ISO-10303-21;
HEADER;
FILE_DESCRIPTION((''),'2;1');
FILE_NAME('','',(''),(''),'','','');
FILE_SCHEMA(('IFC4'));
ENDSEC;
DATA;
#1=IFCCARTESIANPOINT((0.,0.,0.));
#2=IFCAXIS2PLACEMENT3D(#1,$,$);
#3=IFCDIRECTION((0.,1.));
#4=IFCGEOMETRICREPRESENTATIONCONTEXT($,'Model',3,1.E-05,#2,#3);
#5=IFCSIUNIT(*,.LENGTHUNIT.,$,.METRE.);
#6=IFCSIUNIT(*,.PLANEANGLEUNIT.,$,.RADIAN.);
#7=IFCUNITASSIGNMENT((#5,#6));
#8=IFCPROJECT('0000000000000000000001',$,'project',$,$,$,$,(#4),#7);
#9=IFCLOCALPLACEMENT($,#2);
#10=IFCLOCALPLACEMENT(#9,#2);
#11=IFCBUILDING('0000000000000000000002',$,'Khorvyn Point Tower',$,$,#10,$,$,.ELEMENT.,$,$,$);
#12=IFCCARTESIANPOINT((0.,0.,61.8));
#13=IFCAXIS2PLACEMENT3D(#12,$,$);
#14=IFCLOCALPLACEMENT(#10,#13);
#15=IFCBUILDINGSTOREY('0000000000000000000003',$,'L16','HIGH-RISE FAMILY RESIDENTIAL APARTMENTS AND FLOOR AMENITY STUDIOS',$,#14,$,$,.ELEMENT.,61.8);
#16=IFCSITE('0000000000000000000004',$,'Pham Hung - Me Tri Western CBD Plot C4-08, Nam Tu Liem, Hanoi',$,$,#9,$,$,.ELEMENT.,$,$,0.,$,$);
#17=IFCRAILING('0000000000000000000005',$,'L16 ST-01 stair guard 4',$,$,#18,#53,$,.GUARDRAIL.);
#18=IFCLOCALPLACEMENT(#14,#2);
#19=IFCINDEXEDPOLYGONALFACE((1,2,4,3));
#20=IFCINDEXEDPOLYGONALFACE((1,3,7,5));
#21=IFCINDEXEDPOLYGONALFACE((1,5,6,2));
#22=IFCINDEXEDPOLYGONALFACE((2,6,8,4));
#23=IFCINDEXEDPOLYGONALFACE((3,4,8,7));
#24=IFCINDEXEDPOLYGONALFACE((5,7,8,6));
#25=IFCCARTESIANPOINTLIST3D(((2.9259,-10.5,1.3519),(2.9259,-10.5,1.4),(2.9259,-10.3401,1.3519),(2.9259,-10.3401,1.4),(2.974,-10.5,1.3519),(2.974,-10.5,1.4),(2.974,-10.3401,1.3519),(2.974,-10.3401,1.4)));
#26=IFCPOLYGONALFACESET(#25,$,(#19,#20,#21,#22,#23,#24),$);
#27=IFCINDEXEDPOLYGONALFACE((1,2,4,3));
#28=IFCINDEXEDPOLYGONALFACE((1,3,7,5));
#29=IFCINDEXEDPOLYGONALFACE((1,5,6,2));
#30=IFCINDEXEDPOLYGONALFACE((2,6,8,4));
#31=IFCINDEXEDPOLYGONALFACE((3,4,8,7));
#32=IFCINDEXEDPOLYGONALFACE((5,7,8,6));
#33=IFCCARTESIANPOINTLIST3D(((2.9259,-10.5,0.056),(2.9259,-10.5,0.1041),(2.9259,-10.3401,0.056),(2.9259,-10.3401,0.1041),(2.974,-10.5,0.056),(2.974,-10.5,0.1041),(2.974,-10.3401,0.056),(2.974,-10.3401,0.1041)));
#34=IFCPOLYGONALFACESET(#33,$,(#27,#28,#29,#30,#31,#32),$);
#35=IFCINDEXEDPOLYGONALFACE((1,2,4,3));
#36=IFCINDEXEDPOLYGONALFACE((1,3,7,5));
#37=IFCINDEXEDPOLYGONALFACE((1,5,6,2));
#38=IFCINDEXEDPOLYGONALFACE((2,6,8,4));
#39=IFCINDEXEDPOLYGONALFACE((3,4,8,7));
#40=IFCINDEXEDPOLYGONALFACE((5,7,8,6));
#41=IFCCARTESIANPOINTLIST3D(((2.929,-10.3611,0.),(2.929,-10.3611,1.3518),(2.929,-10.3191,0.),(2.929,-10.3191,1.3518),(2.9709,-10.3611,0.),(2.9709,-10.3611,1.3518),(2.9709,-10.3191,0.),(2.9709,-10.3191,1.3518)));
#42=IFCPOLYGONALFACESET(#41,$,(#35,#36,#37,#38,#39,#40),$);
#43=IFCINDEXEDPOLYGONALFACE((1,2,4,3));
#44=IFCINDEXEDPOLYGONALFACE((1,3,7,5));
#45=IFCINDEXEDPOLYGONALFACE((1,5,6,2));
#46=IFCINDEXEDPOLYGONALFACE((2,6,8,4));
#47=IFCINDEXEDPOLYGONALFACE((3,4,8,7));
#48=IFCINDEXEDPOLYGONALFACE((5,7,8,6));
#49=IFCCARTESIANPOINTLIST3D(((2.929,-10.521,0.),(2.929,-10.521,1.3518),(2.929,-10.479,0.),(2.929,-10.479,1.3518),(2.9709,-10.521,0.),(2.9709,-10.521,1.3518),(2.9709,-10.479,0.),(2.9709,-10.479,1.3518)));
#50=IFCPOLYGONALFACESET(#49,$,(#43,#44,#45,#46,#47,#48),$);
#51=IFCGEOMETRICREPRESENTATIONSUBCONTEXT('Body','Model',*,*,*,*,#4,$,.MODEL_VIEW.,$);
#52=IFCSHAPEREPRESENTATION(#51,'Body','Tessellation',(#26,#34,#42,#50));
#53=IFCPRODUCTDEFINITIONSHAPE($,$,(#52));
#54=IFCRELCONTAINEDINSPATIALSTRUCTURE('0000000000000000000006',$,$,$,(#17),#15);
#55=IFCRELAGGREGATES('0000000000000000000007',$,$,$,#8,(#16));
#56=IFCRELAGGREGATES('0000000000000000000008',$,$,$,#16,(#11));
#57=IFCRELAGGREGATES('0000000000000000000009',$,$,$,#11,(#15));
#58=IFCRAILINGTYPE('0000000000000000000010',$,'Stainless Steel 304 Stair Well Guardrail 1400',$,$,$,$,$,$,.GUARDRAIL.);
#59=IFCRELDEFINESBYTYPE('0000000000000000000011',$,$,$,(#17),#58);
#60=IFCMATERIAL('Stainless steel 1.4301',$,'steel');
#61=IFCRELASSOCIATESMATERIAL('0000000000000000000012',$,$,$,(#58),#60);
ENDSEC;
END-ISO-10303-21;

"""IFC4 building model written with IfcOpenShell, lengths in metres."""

from ifc_helpers import new_model, si_unit, direction, frame, origin, origin_2d, place, context, subcontext, project, spatial, rectangle, extrude, material, type_object, element, save


model = new_model("IFC4")

# Units and contexts
model_context = context("Model", 3, precision=1e-05, world=origin(), true_north=direction((0.0, 1.0)))
body_context = subcontext(model_context, "Body", "Model", "MODEL_VIEW")
ifc_project = project(units=[si_unit("LENGTHUNIT", "METRE"), si_unit("PLANEANGLEUNIT", "RADIAN")], contexts=[model_context])

# Site, building, storey
site_placement = place(None, origin())
site = spatial("IfcSite", under=ifc_project, at=site_placement, Name="Pham Hung - Me Tri Western CBD Plot C4-08, Nam Tu Liem, Hanoi", CompositionType="ELEMENT", RefElevation=0.0)
building_placement = place(site_placement, origin())
building = spatial("IfcBuilding", under=site, at=building_placement, Name="Khorvyn Point Tower", CompositionType="ELEMENT")
storey_placement = place(building_placement, frame((0.0, 0.0, 61.8)))
storey = spatial("IfcBuildingStorey", under=building, at=storey_placement, Name="L16", Description="HIGH-RISE FAMILY RESIDENTIAL APARTMENTS AND FLOOR AMENITY STUDIOS", CompositionType="ELEMENT", Elevation=61.8)

# Shared definitions
ifc_material_1 = material(Name="Stainless steel 1.4301", Category="steel")

# Railing
railing_type_1 = type_object("IfcRailingType", Name="Stainless Steel 304 Stair Well Guardrail 1400", PredefinedType="GUARDRAIL", material=ifc_material_1)
railing_1_placement = place(storey_placement, frame((2.95, -10.3401, 0.0)))
element("IfcRailing", 1, at=railing_1_placement, inside=storey, type_object=railing_type_1, Name="L16 ST-01 stair guard 4", PredefinedType="GUARDRAIL", context=body_context, shape_type="SweptSolid", body=[
    extrude(rectangle(XDim=0.0481, YDim=0.0481, at=origin_2d()), frame((0.0, 0.0, 1.376), z_axis=(0.0, -1.0, 0.0), x_axis=(1.0, 0.0, 0.0)), (0.0, 0.0, 1.0), 0.1599),
    extrude(rectangle(XDim=0.0481, YDim=0.0481, at=origin_2d()), frame((0.0, 0.0, 0.0801), z_axis=(0.0, -1.0, 0.0), x_axis=(1.0, 0.0, 0.0)), (0.0, 0.0, 1.0), 0.1599),
    extrude(rectangle(XDim=0.042, YDim=0.042, at=origin_2d()), origin(), (0.0, 0.0, 1.0), 1.3518),
    extrude(rectangle(XDim=0.042, YDim=0.042, at=origin_2d()), frame((0.0, -0.1599, 0.0)), (0.0, 0.0, 1.0), 1.3518),
])

save(model, "model.ifc")
